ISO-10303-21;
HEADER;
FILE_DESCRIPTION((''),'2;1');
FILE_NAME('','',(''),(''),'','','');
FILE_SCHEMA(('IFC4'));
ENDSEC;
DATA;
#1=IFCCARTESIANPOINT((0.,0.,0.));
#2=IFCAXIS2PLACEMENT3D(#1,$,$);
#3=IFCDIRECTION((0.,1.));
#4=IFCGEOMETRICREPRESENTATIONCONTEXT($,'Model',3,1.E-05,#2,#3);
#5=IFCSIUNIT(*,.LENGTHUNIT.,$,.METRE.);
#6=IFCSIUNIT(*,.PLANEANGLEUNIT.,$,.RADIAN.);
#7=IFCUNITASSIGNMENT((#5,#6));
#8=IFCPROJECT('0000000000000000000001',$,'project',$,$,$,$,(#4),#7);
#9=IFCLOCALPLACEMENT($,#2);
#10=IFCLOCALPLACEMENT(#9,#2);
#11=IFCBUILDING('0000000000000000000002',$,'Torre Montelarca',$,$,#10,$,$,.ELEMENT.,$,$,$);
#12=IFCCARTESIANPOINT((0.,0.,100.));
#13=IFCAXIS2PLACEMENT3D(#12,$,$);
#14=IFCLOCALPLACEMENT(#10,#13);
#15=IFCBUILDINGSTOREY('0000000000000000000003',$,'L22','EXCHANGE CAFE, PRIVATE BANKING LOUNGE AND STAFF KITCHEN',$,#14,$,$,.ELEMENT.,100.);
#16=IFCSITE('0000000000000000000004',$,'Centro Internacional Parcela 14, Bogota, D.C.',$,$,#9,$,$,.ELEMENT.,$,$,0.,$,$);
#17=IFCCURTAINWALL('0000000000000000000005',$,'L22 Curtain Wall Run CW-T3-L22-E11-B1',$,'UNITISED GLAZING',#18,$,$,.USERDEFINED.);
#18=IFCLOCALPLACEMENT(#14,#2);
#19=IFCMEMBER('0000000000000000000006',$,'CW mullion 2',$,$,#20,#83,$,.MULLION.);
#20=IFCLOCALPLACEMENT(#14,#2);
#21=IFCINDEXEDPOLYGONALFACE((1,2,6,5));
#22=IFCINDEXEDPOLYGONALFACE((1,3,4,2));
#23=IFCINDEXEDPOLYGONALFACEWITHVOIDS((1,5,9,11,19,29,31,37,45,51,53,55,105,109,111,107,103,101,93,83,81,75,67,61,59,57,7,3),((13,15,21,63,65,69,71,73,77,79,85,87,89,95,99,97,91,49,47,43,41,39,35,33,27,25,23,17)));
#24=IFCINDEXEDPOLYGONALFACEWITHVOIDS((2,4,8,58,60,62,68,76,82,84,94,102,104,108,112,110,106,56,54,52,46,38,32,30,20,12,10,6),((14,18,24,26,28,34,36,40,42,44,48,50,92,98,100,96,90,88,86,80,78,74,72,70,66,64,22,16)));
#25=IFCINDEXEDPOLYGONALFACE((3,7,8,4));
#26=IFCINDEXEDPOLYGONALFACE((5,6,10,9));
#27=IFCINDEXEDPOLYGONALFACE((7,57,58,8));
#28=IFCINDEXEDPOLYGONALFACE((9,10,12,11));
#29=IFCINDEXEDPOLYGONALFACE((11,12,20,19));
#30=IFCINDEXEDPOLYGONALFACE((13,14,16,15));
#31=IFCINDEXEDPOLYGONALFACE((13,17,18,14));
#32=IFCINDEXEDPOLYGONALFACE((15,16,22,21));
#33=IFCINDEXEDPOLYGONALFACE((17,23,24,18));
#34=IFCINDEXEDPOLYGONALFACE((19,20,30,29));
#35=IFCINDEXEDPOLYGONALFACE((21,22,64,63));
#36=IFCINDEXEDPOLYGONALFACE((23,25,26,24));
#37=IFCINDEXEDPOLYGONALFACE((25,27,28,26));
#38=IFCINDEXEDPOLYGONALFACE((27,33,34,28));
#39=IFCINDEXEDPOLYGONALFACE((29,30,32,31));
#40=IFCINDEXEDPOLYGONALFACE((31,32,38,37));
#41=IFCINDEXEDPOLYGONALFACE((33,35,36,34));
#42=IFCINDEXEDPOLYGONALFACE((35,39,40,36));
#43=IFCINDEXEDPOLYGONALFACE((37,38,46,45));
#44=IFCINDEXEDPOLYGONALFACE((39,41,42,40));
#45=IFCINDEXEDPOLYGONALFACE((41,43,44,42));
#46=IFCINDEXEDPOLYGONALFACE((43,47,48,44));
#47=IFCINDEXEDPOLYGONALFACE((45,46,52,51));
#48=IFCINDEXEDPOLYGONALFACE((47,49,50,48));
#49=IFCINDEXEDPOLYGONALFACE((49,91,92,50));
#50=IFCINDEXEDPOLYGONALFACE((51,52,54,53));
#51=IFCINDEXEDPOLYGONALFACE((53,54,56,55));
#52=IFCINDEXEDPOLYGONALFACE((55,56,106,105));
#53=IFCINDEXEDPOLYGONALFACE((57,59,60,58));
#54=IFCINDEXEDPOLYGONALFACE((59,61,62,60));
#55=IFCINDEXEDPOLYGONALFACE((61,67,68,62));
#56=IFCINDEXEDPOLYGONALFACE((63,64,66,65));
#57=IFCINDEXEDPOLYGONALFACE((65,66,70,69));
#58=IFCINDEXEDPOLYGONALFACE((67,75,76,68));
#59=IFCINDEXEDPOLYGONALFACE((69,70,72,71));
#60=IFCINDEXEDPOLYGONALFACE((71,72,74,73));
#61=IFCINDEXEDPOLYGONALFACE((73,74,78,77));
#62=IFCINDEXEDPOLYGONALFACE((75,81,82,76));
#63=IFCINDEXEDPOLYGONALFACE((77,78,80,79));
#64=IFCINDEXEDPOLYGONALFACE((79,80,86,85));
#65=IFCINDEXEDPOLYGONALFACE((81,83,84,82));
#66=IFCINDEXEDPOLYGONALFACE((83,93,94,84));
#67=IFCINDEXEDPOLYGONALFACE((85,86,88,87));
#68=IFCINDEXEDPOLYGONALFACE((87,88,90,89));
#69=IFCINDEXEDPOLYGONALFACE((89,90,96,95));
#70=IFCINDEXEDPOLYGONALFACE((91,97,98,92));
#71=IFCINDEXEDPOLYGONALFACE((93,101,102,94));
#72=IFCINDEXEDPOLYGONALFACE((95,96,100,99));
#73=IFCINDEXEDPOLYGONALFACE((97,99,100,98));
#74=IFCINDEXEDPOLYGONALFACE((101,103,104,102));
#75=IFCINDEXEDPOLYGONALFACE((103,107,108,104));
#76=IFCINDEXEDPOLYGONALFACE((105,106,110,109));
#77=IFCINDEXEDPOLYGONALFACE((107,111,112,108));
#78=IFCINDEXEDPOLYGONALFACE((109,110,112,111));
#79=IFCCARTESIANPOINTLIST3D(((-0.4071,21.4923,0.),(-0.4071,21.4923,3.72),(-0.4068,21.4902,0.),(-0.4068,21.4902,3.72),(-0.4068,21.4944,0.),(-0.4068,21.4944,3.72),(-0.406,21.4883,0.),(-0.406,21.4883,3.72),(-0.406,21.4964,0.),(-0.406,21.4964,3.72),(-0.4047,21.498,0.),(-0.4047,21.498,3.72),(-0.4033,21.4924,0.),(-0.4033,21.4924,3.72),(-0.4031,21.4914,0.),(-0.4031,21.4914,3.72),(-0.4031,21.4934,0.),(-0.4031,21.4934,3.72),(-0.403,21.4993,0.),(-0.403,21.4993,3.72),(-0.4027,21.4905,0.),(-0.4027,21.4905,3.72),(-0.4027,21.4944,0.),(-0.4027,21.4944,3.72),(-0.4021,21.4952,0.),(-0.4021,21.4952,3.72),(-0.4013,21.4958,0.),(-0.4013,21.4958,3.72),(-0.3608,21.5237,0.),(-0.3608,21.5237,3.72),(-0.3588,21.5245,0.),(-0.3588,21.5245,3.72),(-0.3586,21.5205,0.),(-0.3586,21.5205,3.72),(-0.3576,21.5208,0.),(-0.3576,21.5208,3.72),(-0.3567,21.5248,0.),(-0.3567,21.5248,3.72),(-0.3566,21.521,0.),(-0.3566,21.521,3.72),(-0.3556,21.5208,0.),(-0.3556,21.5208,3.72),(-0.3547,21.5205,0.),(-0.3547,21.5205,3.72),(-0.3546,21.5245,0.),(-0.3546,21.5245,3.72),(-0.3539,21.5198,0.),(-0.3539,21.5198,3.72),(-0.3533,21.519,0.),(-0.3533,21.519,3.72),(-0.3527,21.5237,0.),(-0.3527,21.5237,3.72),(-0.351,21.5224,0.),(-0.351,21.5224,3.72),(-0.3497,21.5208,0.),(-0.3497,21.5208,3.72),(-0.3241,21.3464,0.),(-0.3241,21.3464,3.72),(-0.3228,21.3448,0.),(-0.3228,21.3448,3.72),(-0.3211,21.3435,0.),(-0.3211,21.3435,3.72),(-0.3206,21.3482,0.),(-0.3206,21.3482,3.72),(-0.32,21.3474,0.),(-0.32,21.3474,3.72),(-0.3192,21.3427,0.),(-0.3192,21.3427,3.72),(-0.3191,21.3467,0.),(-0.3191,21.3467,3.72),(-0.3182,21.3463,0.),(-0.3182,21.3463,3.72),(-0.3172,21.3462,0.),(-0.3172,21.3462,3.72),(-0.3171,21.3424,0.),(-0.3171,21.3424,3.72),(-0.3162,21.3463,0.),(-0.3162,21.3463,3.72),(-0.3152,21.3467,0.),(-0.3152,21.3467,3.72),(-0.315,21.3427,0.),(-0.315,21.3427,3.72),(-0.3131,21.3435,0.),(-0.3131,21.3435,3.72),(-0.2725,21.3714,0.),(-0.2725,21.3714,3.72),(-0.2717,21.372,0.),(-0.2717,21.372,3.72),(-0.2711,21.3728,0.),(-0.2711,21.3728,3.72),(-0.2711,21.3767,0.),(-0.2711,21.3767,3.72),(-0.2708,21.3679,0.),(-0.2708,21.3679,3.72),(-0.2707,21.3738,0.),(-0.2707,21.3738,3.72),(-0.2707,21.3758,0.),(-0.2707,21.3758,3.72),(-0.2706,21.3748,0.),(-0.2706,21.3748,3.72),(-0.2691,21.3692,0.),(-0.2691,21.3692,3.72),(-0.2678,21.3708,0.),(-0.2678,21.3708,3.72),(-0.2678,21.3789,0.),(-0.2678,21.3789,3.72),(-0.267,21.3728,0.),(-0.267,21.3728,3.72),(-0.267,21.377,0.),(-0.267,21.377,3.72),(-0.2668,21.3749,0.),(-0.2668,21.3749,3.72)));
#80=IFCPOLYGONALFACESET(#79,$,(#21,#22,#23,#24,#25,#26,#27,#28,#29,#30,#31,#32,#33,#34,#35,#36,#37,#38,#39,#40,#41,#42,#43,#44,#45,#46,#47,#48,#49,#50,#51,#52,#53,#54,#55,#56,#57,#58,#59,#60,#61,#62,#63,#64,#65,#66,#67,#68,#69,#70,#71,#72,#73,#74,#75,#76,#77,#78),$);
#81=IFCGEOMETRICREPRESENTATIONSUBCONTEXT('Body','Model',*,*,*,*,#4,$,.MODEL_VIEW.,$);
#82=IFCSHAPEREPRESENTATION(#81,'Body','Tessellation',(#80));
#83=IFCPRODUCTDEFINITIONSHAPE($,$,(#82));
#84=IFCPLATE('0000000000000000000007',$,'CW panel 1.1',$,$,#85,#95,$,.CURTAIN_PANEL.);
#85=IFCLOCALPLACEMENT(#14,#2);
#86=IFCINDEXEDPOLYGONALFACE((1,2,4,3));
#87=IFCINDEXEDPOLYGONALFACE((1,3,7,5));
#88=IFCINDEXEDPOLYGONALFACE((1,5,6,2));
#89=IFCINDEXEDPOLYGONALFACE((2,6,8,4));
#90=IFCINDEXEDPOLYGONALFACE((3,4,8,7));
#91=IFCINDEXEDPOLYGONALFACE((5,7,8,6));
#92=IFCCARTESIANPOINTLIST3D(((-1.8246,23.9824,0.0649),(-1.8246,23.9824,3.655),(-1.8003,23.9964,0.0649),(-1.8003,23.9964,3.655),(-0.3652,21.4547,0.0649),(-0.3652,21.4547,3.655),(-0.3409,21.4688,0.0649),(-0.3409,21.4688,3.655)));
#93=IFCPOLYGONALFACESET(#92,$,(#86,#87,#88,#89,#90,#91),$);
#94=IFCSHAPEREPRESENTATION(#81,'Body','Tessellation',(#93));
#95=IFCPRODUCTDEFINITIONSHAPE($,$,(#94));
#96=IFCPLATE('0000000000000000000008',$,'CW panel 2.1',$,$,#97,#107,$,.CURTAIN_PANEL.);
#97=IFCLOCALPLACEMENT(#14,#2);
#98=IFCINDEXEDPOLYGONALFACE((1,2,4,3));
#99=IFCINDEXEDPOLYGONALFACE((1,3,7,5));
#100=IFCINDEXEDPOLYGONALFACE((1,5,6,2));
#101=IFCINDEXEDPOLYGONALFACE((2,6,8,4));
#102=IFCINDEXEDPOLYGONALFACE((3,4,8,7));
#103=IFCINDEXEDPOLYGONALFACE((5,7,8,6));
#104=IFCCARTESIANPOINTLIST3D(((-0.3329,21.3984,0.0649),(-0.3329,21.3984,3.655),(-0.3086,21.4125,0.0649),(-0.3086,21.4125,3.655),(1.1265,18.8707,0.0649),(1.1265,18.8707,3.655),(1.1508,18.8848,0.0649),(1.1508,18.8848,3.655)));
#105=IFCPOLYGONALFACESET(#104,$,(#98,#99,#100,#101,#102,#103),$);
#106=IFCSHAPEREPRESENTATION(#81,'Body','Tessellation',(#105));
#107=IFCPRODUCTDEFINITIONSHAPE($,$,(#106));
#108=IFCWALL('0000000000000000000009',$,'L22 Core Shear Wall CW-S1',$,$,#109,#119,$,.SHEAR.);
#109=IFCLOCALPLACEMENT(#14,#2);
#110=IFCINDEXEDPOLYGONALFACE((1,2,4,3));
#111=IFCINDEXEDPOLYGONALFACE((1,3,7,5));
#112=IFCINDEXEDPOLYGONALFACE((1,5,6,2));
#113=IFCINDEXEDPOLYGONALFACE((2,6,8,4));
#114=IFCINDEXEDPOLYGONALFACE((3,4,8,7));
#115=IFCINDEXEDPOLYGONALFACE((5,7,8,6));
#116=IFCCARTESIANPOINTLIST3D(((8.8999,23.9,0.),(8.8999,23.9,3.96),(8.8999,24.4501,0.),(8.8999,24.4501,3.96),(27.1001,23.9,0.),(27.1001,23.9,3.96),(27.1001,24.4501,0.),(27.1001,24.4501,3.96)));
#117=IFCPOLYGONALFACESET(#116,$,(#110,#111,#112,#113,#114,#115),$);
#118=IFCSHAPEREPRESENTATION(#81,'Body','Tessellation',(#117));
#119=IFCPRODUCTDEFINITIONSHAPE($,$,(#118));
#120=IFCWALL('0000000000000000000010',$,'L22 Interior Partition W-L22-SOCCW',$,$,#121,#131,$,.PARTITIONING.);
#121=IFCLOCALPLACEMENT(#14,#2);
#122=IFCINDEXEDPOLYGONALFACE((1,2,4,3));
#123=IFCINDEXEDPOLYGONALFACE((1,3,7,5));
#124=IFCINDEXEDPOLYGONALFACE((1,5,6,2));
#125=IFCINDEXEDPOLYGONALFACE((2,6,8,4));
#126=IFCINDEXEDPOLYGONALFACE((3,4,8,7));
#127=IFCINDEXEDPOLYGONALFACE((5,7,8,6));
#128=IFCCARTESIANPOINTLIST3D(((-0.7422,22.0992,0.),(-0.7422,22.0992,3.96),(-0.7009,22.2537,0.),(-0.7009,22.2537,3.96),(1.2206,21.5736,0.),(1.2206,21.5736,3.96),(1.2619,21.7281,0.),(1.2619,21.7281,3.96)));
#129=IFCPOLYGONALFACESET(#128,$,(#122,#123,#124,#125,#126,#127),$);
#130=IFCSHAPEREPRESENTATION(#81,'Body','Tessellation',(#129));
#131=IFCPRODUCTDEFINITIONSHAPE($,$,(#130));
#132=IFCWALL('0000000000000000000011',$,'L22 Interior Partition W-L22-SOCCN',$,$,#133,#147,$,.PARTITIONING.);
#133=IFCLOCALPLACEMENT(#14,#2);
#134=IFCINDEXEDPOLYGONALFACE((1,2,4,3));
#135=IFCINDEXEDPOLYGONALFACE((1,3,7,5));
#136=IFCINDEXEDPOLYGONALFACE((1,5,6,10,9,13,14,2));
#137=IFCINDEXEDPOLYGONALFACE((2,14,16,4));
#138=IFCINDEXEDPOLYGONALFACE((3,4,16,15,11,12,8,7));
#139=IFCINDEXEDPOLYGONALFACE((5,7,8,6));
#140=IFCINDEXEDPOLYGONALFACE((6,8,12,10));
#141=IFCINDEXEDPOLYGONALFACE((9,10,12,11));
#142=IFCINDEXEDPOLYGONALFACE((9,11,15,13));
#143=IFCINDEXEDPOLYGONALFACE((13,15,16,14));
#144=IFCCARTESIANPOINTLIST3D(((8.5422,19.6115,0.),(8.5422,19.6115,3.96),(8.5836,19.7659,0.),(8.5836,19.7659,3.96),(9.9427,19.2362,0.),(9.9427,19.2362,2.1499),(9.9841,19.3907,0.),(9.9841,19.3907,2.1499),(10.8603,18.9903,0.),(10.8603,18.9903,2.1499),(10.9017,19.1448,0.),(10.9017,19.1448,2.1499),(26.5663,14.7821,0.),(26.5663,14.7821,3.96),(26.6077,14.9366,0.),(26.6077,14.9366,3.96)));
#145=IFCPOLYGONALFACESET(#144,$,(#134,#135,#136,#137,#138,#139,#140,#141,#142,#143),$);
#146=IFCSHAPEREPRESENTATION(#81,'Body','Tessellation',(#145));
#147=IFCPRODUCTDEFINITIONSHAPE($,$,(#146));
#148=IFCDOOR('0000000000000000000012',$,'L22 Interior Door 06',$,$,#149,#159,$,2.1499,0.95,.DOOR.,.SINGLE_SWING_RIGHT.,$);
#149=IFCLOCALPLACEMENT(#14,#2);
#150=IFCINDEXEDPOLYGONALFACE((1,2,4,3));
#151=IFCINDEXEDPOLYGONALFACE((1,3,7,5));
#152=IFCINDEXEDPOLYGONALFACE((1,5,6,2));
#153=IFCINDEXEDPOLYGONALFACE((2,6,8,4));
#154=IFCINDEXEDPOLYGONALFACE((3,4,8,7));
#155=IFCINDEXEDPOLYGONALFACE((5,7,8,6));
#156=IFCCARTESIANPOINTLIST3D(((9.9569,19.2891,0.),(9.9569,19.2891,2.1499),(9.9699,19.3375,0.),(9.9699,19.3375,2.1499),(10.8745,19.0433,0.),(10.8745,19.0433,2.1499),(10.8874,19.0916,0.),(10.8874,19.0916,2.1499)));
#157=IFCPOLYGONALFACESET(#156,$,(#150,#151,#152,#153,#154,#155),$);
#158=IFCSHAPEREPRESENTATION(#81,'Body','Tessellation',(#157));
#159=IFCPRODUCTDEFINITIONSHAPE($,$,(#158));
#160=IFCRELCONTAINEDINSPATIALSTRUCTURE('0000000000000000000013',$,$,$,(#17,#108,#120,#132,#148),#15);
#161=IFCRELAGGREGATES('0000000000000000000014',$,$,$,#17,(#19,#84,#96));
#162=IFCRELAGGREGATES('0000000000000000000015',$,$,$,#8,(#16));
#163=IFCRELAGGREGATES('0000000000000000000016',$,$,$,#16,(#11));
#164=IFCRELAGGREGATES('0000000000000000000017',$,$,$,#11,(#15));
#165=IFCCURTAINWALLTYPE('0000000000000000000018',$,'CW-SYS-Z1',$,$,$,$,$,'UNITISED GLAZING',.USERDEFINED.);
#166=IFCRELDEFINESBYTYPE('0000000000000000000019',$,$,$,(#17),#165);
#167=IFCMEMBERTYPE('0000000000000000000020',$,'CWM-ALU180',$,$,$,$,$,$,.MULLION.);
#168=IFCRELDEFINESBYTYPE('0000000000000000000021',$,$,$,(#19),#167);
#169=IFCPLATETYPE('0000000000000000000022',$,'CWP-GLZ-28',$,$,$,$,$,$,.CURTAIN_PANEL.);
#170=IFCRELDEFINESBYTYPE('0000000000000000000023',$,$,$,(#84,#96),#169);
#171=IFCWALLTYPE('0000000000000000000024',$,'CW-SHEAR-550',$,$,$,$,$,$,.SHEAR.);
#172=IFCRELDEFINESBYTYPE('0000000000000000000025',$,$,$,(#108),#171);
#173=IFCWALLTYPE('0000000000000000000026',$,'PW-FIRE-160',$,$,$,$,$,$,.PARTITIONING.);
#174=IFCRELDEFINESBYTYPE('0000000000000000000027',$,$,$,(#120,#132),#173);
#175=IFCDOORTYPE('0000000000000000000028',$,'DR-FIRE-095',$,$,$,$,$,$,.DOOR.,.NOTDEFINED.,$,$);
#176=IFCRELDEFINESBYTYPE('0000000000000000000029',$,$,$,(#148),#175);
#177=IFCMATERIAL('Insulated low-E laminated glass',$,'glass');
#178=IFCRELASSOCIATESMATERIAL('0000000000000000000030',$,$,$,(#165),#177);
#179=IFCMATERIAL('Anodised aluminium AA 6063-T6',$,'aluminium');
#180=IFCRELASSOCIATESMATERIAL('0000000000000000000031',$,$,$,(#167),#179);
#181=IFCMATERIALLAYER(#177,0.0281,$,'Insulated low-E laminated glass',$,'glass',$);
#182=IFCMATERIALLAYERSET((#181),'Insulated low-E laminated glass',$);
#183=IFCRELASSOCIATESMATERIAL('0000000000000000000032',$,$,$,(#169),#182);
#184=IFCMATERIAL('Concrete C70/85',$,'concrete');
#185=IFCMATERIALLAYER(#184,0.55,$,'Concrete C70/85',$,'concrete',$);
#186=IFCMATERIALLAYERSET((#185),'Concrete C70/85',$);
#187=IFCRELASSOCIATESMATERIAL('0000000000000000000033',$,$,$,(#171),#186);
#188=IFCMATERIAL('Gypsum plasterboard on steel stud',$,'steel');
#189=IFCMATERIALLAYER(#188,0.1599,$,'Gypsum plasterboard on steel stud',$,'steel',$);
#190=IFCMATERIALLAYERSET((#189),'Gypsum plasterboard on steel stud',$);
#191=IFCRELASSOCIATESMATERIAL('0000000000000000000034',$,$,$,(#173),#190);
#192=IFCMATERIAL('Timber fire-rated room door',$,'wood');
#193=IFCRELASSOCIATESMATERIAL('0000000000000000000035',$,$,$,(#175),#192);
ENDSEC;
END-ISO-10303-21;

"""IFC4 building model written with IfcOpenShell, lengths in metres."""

from ifc_helpers import new_model, si_unit, direction, frame, frame_2d, origin, origin_2d, place, context, subcontext, project, spatial, rectangle, hollow_rectangle, extrude, source, transform, mapped, material, layer, layer_set, material_profile, profile_set, type_object, element, fill, aggregate, save


model = new_model("IFC4")

# Units and contexts
model_context = context("Model", 3, precision=1e-05, world=origin(), true_north=direction((0.0, 1.0)))
body_context = subcontext(model_context, "Body", "Model", "MODEL_VIEW")
ifc_project = project(units=[si_unit("LENGTHUNIT", "METRE"), si_unit("PLANEANGLEUNIT", "RADIAN")], contexts=[model_context])

# Site, building, storey
site_placement = place(None, origin())
site = spatial("IfcSite", under=ifc_project, at=site_placement, Name="Centro Internacional Parcela 14, Bogota, D.C.", CompositionType="ELEMENT", RefElevation=0.0)
building_placement = place(site_placement, origin())
building = spatial("IfcBuilding", under=site, at=building_placement, Name="Torre Montelarca", CompositionType="ELEMENT")
storey_placement = place(building_placement, frame((0.0, 0.0, 100.0)))
storey = spatial("IfcBuildingStorey", under=building, at=storey_placement, Name="L22", Description="EXCHANGE CAFE, PRIVATE BANKING LOUNGE AND STAFF KITCHEN", CompositionType="ELEMENT", Elevation=100.0)

# Curtain wall
ifc_material_1 = material(Name="Insulated low-E laminated glass", Category="glass")
curtain_wall_type = type_object("IfcCurtainWallType", Name="CW-SYS-Z1", ElementType="UNITISED GLAZING", PredefinedType="USERDEFINED", material=ifc_material_1)
curtain_wall_1_placement = place(storey_placement, origin())
curtain_wall_1 = element("IfcCurtainWall", 1, at=curtain_wall_1_placement, inside=storey, type_object=curtain_wall_type, Name="L22 Curtain Wall Run CW-T3-L22-E11-B1", ObjectType="UNITISED GLAZING", PredefinedType="USERDEFINED")
ifc_material_2 = material(Name="Anodised aluminium AA 6063-T6", Category="aluminium")

# Shared definitions
ifc_material_profile_1 = material_profile(ifc_material_2, hollow_rectangle(XDim=0.0649, YDim=0.1799, WallThickness=0.0039, InnerFilletRadius=0.0039, OuterFilletRadius=0.0081, at=origin_2d()), Name="ALU65X180X4", Category="aluminium")
ifc_profile_set_1 = profile_set([ifc_material_profile_1], Name="Anodised aluminium AA 6063-T6")
member_type_1 = type_object("IfcMemberType", Name="CWM-ALU180", PredefinedType="MULLION", material=ifc_profile_set_1)
shared_shape_1 = source(origin(), body_context, "Body", "SweptSolid", [
    extrude(hollow_rectangle(XDim=0.0649, YDim=0.1799, WallThickness=0.0039, InnerFilletRadius=0.0039, OuterFilletRadius=0.0081, at=origin_2d()), origin(), (0.0, 0.0, 1.0), 3.72),
])

# Member
member_1_placement = place(storey_placement, frame((-0.3369, 21.4336, 0.0), z_axis=(0.0, 0.0, 1.0), x_axis=(0.866025, 0.500001, 0.0)))
member_1 = element("IfcMember", 2, at=member_1_placement, type_object=member_type_1, Name="CW mullion 2", PredefinedType="MULLION", context=body_context, shape_type="MappedRepresentation", body=[
    mapped(shared_shape_1, transform((0.0, 0.0, 0.0), scale=1.0)),
])

# Plates
ifc_layer_1 = layer(ifc_material_1, 0.0281, Name="Insulated low-E laminated glass", Category="glass")
ifc_layer_set_1 = layer_set([ifc_layer_1], Name="Insulated low-E laminated glass")
plate_type = type_object("IfcPlateType", Name="CWP-GLZ-28", PredefinedType="CURTAIN_PANEL", material=ifc_layer_set_1)
shared_shape_2 = source(origin(), body_context, "Body", "SweptSolid", [
    extrude(rectangle(XDim=2.9187, YDim=0.0281, at=origin_2d()), origin(), (0.0, 0.0, 1.0), 3.5901),
])
plate_1_placement = place(storey_placement, frame((-1.0828, 22.7256, 0.0649), z_axis=(0.0, 0.0, 1.0), x_axis=(0.500001, -0.866025, 0.0)))
plate_1 = element("IfcPlate", 3, at=plate_1_placement, type_object=plate_type, Name="CW panel 1.1", PredefinedType="CURTAIN_PANEL", context=body_context, shape_type="MappedRepresentation", body=[
    mapped(shared_shape_2, transform((0.0, 0.0, 0.0), scale=1.0)),
])
plate_2_placement = place(storey_placement, frame((0.4089, 20.1416, 0.0649), z_axis=(0.0, 0.0, 1.0), x_axis=(0.500001, -0.866025, 0.0)))
plate_2 = element("IfcPlate", 4, at=plate_2_placement, type_object=plate_type, Name="CW panel 2.1", PredefinedType="CURTAIN_PANEL", context=body_context, shape_type="MappedRepresentation", body=[
    mapped(shared_shape_2, transform((0.0, 0.0, 0.0), scale=1.0)),
])
aggregate(curtain_wall_1, [member_1, plate_1, plate_2])

# Walls
ifc_material_3 = material(Name="Concrete C70/85", Category="concrete")
ifc_layer_2 = layer(ifc_material_3, 0.55, Name="Concrete C70/85", Category="concrete")
ifc_layer_set_2 = layer_set([ifc_layer_2], Name="Concrete C70/85")
wall_type_1 = type_object("IfcWallType", Name="CW-SHEAR-550", PredefinedType="SHEAR", material=ifc_layer_set_2)
wall_1_placement = place(storey_placement, frame((8.8999, 24.175, 0.0), z_axis=(0.0, 0.0, 1.0), x_axis=(1.0, 0.0, 0.0)))
element("IfcWall", 5, at=wall_1_placement, inside=storey, type_object=wall_type_1, Name="L22 Core Shear Wall CW-S1", PredefinedType="SHEAR", context=body_context, shape_type="SweptSolid", body=[
    extrude(rectangle(XDim=18.2002, YDim=0.55, at=frame_2d((9.1001, 0.0))), origin(), (0.0, 0.0, 1.0), 3.96),
])
ifc_material_4 = material(Name="Gypsum plasterboard on steel stud", Category="steel")
ifc_layer_3 = layer(ifc_material_4, 0.1599, Name="Gypsum plasterboard on steel stud", Category="steel")
ifc_layer_set_3 = layer_set([ifc_layer_3], Name="Gypsum plasterboard on steel stud")
wall_type_2 = type_object("IfcWallType", Name="PW-FIRE-160", PredefinedType="PARTITIONING", material=ifc_layer_set_3)
wall_2_placement = place(storey_placement, frame((-0.7217, 22.1765, 0.0), z_axis=(0.0, 0.0, 1.0), x_axis=(0.965965, -0.258672, 0.0)))
element("IfcWall", 6, at=wall_2_placement, inside=storey, type_object=wall_type_2, Name="L22 Interior Partition W-L22-SOCCW", PredefinedType="PARTITIONING", context=body_context, shape_type="SweptSolid", body=[
    extrude(rectangle(XDim=2.032, YDim=0.1599, at=frame_2d((1.0161, 0.0))), origin(), (0.0, 0.0, 1.0), 3.96),
])

# Wall, opening, door
wall_3_placement = place(storey_placement, frame((8.5627, 19.6887, 0.0), z_axis=(0.0, 0.0, 1.0), x_axis=(0.965929, -0.258808, 0.0)))
wall_3 = element("IfcWall", 7, at=wall_3_placement, inside=storey, type_object=wall_type_2, Name="L22 Interior Partition W-L22-SOCCN", PredefinedType="PARTITIONING", context=body_context, shape_type="SweptSolid", body=[
    extrude(rectangle(XDim=18.6599, YDim=0.1599, at=frame_2d((9.3301, 0.0))), origin(), (0.0, 0.0, 1.0), 3.96),
])
opening_1_placement = place(wall_3_placement, frame((1.45, 0.0, 0.0)))
opening_1 = element("IfcOpeningElement", 8, at=opening_1_placement, cuts=wall_3, PredefinedType="OPENING", context=body_context, shape_type="SweptSolid", body=[
    extrude(rectangle(XDim=0.95, YDim=2.1499, at=frame_2d((0.4751, 1.075))), frame((0.0, 0.0898, 0.0), z_axis=(0.0, -1.0, 0.0), x_axis=(1.0, 0.0, 0.0)), (0.0, 0.0, 1.0), 0.1799),
])
ifc_material_5 = material(Name="Timber fire-rated room door", Category="wood")
door_type_1 = type_object("IfcDoorType", Name="DR-FIRE-095", OperationType="NOTDEFINED", PredefinedType="DOOR", material=ifc_material_5)
shared_shape_3 = source(origin(), body_context, "Body", "SweptSolid", [
    extrude(rectangle(XDim=0.95, YDim=2.1499, at=frame_2d((0.4751, 1.075))), frame((0.0, 0.0249, 0.0), z_axis=(0.0, -1.0, 0.0), x_axis=(1.0, 0.0, 0.0)), (0.0, 0.0, 1.0), 0.05),
])
door_1_placement = place(opening_1_placement, origin())
door_1 = element("IfcDoor", 9, at=door_1_placement, inside=storey, type_object=door_type_1, Name="L22 Interior Door 06", OperationType="SINGLE_SWING_RIGHT", OverallHeight=2.1499, OverallWidth=0.95, PredefinedType="DOOR", context=body_context, shape_type="MappedRepresentation", body=[
    mapped(shared_shape_3, transform((0.0, 0.0, 0.0), scale=1.0)),
])
fill(opening_1, door_1)

save(model, "model.ifc")
